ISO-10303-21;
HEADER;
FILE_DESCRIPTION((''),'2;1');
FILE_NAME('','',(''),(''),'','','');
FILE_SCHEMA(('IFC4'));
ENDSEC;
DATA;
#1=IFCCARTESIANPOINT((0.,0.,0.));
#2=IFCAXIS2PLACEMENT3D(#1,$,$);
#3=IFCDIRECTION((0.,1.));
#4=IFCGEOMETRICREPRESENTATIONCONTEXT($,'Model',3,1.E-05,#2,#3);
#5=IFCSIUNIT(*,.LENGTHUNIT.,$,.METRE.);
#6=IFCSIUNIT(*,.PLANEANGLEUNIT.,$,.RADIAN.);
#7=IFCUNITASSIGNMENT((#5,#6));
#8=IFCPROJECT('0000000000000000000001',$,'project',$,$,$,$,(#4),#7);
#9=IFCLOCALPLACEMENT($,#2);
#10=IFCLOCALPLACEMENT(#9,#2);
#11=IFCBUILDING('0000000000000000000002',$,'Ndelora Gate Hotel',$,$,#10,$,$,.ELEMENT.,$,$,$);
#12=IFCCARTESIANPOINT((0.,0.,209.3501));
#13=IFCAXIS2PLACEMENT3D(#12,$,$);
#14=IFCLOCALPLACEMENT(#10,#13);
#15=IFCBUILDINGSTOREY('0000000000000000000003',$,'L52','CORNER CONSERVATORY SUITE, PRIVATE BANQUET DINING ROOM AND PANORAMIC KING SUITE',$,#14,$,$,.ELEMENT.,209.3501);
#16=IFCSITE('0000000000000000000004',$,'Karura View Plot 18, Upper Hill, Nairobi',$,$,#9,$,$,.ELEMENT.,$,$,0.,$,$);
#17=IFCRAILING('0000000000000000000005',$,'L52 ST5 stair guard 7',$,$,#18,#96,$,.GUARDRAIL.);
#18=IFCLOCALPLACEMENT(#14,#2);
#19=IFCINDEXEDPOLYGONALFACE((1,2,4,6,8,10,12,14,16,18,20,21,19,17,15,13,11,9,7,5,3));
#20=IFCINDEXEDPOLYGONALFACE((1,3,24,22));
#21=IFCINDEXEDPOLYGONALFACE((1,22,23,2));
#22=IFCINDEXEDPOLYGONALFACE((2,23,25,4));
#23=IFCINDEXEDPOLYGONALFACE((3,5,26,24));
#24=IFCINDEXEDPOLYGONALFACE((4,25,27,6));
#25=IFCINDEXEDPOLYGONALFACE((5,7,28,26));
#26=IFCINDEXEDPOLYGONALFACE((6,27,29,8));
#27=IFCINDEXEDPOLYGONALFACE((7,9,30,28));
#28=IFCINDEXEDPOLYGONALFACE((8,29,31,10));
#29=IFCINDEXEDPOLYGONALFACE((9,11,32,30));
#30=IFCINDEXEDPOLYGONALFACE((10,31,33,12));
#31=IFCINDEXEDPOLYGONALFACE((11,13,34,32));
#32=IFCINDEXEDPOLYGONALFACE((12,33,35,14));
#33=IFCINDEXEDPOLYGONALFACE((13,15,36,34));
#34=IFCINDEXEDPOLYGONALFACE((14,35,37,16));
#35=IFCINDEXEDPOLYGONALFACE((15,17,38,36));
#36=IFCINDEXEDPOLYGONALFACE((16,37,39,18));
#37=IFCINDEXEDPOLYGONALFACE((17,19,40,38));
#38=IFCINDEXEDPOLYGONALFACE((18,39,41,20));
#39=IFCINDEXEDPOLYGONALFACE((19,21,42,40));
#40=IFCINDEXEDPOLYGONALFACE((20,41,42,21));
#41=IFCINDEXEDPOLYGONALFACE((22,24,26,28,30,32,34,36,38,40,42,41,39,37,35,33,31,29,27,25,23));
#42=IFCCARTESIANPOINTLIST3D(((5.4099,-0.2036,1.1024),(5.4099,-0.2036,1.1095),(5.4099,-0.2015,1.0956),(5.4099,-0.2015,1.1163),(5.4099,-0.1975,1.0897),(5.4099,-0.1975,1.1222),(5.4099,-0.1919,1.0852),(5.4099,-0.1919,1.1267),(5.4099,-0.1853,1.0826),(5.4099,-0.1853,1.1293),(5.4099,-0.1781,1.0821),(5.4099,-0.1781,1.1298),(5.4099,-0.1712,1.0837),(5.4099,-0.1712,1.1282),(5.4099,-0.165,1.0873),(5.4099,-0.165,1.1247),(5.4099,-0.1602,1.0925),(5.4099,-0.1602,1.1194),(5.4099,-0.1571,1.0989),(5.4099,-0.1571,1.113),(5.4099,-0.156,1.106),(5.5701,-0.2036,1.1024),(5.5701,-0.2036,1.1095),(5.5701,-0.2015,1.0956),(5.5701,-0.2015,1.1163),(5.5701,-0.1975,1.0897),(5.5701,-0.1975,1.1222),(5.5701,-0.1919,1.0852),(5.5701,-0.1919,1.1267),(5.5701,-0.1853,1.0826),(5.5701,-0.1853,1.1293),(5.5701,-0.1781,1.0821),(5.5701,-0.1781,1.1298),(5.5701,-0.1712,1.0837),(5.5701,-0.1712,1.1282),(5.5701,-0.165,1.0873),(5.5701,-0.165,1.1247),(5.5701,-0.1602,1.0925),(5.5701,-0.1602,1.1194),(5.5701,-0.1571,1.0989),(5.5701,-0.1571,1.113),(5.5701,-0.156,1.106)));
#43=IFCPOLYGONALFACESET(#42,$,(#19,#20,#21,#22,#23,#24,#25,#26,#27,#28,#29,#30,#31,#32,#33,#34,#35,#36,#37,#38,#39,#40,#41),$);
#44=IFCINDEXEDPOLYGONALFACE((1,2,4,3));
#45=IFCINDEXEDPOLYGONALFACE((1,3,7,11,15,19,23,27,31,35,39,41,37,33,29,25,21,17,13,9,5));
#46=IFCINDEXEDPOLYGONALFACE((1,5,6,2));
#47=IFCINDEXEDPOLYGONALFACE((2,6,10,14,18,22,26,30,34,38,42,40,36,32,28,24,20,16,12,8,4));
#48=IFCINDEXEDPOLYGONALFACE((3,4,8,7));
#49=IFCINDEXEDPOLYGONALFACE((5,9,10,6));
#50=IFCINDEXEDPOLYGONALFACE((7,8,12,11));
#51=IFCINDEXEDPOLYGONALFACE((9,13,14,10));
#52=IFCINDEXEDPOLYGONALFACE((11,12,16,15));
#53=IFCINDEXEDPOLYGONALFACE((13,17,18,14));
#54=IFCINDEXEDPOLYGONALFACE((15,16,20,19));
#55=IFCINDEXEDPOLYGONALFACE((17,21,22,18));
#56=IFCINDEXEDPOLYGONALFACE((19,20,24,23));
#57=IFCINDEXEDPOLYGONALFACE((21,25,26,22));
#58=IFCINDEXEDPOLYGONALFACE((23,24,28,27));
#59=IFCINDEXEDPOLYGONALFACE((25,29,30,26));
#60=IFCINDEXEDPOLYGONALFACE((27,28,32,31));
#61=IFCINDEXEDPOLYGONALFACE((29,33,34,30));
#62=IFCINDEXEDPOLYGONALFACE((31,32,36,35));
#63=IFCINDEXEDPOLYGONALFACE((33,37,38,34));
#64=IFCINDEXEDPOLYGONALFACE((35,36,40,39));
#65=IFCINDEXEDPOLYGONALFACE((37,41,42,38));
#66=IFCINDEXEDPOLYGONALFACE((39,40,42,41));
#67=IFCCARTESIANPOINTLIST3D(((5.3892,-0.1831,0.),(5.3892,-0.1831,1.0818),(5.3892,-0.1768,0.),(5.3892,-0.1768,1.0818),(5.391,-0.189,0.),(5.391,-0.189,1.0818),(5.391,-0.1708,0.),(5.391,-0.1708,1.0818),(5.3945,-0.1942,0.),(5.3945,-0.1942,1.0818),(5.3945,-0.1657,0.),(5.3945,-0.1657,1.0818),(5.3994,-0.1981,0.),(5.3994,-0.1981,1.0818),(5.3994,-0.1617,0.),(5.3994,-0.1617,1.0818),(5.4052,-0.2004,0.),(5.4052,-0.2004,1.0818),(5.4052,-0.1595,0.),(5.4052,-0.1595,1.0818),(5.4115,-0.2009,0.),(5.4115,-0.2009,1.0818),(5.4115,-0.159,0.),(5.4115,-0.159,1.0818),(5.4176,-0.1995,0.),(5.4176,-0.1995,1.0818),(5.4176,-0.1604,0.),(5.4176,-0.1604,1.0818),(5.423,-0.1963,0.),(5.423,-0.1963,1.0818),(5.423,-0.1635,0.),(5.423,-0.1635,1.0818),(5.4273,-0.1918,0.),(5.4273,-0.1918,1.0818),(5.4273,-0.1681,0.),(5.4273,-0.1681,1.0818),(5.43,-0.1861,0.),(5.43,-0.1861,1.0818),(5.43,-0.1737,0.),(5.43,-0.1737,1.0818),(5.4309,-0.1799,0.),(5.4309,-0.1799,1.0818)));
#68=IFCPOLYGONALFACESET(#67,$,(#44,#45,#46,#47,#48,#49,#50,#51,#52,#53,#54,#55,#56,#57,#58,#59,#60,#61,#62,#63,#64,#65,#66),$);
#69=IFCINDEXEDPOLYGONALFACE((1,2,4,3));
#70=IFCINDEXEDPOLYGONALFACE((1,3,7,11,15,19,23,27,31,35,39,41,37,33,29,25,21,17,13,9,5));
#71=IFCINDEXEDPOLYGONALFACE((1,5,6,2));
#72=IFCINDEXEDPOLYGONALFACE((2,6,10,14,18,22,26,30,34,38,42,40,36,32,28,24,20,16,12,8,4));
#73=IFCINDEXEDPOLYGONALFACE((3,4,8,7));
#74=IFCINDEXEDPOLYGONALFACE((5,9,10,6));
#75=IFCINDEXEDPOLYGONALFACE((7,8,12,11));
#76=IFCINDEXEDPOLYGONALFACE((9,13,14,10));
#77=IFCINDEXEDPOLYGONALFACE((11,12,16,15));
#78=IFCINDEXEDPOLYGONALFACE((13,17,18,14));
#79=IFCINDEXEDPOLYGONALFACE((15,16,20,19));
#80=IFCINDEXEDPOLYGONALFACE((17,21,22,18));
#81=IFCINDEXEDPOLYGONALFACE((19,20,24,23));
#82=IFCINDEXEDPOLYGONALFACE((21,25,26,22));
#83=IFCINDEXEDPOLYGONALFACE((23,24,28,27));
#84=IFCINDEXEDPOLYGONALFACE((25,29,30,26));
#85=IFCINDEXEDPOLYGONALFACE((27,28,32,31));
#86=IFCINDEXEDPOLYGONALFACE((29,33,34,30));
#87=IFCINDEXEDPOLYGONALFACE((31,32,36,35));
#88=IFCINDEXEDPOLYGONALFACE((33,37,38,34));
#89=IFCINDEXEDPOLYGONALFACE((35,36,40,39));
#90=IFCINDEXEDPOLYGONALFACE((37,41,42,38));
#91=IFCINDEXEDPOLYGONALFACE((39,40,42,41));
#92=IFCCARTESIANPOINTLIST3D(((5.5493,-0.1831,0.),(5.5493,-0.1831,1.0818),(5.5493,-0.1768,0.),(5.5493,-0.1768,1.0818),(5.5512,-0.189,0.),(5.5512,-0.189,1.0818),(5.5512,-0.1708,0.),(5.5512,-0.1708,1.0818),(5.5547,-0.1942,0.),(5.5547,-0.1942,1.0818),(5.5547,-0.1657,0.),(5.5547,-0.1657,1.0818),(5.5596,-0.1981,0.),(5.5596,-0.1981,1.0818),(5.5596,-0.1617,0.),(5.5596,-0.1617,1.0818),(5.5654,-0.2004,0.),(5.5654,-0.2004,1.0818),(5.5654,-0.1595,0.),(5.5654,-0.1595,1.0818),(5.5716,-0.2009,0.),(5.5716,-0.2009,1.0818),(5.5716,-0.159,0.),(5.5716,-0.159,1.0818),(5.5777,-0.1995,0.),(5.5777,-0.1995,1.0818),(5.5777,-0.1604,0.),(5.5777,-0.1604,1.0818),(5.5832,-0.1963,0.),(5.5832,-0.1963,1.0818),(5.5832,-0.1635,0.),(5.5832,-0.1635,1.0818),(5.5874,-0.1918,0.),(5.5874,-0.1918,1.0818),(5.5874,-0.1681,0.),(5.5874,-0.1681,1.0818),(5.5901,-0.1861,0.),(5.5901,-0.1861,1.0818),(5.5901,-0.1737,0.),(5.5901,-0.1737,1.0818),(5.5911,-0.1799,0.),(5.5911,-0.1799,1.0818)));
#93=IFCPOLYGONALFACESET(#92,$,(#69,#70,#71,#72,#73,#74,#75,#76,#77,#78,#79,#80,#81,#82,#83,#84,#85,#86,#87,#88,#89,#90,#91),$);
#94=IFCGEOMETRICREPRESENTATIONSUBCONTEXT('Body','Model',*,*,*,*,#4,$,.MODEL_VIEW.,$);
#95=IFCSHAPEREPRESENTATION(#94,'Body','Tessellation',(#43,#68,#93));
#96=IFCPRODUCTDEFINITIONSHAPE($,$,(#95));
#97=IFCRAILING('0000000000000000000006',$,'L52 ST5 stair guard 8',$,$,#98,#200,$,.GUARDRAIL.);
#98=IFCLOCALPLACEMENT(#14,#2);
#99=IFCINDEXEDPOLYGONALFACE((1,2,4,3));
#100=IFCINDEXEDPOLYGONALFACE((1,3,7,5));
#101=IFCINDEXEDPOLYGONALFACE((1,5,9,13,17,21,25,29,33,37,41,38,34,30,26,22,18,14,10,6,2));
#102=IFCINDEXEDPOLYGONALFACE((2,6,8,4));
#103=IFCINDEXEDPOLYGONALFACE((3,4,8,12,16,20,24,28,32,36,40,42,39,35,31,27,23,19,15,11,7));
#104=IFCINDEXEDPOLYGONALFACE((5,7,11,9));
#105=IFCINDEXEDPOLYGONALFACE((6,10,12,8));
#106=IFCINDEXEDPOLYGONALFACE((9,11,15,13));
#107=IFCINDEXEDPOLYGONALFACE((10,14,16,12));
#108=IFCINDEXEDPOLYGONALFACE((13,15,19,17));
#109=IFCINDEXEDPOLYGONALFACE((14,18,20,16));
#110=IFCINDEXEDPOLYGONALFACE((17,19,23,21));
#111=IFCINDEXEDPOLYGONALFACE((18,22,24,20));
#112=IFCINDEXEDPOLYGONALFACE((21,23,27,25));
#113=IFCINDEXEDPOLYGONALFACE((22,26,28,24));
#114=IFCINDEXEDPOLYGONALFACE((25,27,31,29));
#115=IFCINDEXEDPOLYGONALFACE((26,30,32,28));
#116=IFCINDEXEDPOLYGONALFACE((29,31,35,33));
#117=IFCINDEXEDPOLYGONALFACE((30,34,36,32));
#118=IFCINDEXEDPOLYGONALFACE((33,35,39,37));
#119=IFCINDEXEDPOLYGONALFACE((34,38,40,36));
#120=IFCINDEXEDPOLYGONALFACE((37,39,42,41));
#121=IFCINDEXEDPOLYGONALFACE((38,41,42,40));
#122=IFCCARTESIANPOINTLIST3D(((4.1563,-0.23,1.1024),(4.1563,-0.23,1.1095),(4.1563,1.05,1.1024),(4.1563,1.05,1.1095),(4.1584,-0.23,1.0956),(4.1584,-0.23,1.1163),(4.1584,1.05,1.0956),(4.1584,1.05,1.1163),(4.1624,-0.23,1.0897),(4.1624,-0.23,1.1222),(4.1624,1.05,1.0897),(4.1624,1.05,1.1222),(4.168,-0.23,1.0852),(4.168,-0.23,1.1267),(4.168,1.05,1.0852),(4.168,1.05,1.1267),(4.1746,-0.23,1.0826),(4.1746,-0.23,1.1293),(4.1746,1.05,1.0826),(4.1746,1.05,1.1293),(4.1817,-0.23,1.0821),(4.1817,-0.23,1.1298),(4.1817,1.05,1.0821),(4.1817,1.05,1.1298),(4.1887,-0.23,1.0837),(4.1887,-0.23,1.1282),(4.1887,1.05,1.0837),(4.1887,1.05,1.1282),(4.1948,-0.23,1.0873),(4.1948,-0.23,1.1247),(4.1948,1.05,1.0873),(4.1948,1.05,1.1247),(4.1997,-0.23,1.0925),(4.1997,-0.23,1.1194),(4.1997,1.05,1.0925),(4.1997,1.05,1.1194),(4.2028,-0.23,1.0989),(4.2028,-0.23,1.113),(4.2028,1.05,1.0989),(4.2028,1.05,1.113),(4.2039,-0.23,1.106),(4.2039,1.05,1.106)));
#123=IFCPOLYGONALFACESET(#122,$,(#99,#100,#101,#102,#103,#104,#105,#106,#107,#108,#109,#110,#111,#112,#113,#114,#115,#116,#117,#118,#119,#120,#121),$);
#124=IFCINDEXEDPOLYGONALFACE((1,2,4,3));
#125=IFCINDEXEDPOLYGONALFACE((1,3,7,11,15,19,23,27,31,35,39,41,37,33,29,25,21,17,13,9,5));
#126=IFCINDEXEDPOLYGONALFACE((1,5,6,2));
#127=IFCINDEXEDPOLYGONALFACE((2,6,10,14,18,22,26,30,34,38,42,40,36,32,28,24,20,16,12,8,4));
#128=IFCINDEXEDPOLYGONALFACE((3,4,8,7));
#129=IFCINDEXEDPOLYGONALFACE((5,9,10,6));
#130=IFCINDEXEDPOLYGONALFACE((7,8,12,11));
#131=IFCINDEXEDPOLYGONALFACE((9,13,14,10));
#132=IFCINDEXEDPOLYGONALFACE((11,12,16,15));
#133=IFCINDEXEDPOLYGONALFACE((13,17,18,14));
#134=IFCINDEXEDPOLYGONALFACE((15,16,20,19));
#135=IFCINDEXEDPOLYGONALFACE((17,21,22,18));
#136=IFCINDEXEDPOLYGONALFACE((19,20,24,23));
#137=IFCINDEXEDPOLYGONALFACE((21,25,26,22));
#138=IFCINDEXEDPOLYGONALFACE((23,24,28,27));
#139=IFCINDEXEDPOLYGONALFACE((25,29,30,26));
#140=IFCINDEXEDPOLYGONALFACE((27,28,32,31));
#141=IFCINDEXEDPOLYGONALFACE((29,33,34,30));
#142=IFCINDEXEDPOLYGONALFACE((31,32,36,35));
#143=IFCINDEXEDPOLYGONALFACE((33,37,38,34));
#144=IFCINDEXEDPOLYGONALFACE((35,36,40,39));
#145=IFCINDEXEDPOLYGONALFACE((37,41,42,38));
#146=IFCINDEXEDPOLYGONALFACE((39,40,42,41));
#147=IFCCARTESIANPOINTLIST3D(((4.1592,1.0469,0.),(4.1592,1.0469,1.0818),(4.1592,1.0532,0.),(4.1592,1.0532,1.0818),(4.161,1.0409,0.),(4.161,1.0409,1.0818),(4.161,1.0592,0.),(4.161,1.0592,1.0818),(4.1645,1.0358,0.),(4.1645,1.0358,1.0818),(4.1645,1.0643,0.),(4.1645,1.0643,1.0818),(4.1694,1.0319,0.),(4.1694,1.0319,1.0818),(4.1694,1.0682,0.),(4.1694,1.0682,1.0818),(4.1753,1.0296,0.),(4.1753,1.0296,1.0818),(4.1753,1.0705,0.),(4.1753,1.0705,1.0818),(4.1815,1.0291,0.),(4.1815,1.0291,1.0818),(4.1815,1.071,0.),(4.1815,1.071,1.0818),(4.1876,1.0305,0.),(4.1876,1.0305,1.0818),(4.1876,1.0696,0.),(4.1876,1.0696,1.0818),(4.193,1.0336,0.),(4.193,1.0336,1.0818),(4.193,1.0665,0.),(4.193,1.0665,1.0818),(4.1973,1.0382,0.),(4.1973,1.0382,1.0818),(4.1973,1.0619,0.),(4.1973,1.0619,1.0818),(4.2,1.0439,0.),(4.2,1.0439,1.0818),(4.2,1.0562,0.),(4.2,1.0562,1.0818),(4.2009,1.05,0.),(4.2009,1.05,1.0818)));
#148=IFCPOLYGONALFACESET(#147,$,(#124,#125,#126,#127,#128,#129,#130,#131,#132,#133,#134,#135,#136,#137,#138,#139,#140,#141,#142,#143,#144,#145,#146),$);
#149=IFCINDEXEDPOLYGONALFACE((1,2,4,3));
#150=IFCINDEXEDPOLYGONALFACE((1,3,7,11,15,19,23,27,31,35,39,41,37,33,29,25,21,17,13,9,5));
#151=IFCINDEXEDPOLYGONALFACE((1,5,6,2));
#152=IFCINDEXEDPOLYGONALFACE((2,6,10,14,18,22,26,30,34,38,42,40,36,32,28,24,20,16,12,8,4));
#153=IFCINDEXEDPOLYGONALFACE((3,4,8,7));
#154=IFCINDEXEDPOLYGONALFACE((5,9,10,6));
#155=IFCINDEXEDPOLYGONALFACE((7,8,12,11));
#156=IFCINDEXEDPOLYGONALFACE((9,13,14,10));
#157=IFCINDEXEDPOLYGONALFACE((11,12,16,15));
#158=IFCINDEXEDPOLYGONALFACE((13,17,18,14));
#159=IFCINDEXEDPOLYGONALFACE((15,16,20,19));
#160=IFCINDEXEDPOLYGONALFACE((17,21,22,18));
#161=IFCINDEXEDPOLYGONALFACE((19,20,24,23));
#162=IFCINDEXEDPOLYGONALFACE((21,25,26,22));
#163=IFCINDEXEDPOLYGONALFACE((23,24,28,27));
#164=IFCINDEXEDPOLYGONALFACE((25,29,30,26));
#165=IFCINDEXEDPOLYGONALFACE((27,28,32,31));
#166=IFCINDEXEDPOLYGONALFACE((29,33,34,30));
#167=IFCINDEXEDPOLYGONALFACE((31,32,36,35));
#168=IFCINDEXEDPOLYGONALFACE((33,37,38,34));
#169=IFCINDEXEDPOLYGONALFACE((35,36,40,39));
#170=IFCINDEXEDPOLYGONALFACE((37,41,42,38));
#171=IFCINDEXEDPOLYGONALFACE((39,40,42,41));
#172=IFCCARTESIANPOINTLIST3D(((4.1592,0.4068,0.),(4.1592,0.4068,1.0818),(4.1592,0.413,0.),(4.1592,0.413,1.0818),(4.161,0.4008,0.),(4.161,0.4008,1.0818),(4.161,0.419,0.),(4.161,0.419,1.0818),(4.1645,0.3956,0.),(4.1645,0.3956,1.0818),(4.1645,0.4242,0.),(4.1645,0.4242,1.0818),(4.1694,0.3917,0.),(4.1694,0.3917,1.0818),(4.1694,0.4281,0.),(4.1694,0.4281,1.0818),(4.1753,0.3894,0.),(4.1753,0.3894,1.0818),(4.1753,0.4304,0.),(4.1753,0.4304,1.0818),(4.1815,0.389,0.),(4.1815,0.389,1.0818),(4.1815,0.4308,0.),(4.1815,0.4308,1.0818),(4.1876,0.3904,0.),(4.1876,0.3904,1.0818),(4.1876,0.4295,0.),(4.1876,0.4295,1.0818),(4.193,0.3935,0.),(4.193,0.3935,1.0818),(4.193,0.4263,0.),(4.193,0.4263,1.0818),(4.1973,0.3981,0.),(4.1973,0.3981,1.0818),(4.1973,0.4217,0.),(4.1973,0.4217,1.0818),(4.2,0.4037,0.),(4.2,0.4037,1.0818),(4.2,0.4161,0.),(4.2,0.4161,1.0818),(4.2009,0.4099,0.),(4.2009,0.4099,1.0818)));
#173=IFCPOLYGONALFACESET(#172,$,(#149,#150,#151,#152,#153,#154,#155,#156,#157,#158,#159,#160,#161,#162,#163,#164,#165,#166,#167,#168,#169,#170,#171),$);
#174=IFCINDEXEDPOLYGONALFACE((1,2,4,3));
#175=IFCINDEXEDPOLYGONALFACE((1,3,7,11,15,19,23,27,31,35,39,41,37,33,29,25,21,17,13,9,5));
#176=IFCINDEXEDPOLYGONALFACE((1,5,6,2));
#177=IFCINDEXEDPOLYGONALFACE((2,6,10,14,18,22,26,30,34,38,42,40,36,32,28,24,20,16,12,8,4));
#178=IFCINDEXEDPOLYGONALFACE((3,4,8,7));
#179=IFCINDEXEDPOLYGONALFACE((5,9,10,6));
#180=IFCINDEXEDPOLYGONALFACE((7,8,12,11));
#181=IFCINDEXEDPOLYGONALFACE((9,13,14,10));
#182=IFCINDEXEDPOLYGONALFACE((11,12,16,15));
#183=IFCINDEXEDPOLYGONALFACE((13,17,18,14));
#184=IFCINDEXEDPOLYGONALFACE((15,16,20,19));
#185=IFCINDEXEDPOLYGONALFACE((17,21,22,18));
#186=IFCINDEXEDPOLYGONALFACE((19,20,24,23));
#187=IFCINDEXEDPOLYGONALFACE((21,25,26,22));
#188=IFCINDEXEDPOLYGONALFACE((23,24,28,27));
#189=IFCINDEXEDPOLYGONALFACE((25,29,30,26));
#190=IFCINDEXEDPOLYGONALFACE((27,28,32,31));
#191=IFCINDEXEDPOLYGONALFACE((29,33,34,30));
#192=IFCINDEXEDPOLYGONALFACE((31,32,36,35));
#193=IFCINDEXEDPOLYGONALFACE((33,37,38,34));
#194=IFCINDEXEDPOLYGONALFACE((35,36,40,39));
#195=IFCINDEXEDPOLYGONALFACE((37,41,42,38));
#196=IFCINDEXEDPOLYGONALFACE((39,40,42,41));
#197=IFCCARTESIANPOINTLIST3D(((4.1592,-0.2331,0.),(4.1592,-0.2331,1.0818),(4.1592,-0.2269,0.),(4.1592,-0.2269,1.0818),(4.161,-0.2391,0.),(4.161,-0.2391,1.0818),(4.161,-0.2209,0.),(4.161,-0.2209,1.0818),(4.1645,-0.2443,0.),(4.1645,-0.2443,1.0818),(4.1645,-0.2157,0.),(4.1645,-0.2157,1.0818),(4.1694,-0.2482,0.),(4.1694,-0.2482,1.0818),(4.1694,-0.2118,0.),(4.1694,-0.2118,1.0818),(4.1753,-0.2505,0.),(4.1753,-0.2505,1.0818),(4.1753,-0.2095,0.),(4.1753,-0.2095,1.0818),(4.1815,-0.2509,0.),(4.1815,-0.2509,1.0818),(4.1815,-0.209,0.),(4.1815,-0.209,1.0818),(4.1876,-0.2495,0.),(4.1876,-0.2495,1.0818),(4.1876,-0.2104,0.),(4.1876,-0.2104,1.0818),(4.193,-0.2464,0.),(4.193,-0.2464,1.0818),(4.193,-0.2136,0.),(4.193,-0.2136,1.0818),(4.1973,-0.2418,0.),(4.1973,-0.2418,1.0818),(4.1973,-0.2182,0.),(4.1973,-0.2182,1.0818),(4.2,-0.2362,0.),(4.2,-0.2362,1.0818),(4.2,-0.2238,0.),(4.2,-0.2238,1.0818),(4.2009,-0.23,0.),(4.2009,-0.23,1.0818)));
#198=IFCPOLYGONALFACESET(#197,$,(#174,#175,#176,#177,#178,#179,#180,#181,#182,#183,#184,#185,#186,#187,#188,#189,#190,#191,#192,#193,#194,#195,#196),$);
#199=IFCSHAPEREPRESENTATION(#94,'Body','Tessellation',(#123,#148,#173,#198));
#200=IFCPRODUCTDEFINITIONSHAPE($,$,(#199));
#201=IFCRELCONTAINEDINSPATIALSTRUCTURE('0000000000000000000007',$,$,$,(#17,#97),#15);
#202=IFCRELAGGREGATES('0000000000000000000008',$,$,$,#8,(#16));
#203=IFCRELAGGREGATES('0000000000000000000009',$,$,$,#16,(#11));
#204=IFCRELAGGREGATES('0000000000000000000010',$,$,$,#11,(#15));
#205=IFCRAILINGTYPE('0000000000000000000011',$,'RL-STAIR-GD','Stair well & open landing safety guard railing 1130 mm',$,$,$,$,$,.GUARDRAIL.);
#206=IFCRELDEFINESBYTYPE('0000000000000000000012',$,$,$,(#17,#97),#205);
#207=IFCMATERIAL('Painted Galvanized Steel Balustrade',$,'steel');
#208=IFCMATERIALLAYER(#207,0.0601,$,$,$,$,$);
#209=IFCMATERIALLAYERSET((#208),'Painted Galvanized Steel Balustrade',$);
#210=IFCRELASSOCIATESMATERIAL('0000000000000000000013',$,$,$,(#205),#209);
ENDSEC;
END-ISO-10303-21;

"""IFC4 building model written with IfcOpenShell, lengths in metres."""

from ifc_helpers import new_model, si_unit, direction, frame, origin, origin_2d, place, context, subcontext, project, spatial, circle, extrude, material, layer, layer_set, type_object, element, save


model = new_model("IFC4")

# Units and contexts
model_context = context("Model", 3, precision=1e-05, world=origin(), true_north=direction((0.0, 1.0)))
body_context = subcontext(model_context, "Body", "Model", "MODEL_VIEW")
ifc_project = project(units=[si_unit("LENGTHUNIT", "METRE"), si_unit("PLANEANGLEUNIT", "RADIAN")], contexts=[model_context])

# Site, building, storey
site_placement = place(None, origin())
site = spatial("IfcSite", under=ifc_project, at=site_placement, Name="Karura View Plot 18, Upper Hill, Nairobi", CompositionType="ELEMENT", RefElevation=0.0)
building_placement = place(site_placement, origin())
building = spatial("IfcBuilding", under=site, at=building_placement, Name="Ndelora Gate Hotel", CompositionType="ELEMENT")
storey_placement = place(building_placement, frame((0.0, 0.0, 209.3501)))
storey = spatial("IfcBuildingStorey", under=building, at=storey_placement, Name="L52", Description="CORNER CONSERVATORY SUITE, PRIVATE BANQUET DINING ROOM AND PANORAMIC KING SUITE", CompositionType="ELEMENT", Elevation=209.3501)

# Railings
ifc_material_1 = material(Name="Painted Galvanized Steel Balustrade", Category="steel")
ifc_layer_1 = layer(ifc_material_1, 0.0601)
ifc_layer_set_1 = layer_set([ifc_layer_1], Name="Painted Galvanized Steel Balustrade")
railing_type_1 = type_object("IfcRailingType", Name="RL-STAIR-GD", Description="Stair well & open landing safety guard railing 1130 mm", PredefinedType="GUARDRAIL", material=ifc_layer_set_1)
railing_1_placement = place(storey_placement, frame((5.4099, -0.1799, 0.0)))
element("IfcRailing", 1, at=railing_1_placement, inside=storey, type_object=railing_type_1, Name="L52 ST5 stair guard 7", PredefinedType="GUARDRAIL", context=body_context, shape_type="SweptSolid", body=[
    extrude(circle(Radius=0.0239, at=origin_2d()), frame((0.0, 0.0, 1.106), z_axis=(1.0, 0.0, 0.0), x_axis=(0.0, 1.0, 0.0)), (0.0, 0.0, 1.0), 0.1602),
    extrude(circle(Radius=0.021, at=origin_2d()), origin(), (0.0, 0.0, 1.0), 1.0818),
    extrude(circle(Radius=0.021, at=origin_2d()), frame((0.1602, 0.0, 0.0)), (0.0, 0.0, 1.0), 1.0818),
])
for number, where, name in (
    (2, (4.1799, 1.05, 0.0), "L52 ST5 stair guard 8"),
):
    element("IfcRailing", number, at=place(storey_placement, frame(where)), inside=storey, type_object=railing_type_1, Name=name, PredefinedType="GUARDRAIL", context=body_context, shape_type="SweptSolid", body=[
        extrude(circle(Radius=0.0239, at=origin_2d()), frame((0.0, 0.0, 1.106), z_axis=(0.0, -1.0, 0.0), x_axis=(1.0, 0.0, 0.0)), (0.0, 0.0, 1.0), 1.28),
        extrude(circle(Radius=0.021, at=origin_2d()), origin(), (0.0, 0.0, 1.0), 1.0818),
        extrude(circle(Radius=0.021, at=origin_2d()), frame((0.0, -0.6401, 0.0)), (0.0, 0.0, 1.0), 1.0818),
        extrude(circle(Radius=0.021, at=origin_2d()), frame((0.0, -1.28, 0.0)), (0.0, 0.0, 1.0), 1.0818),
    ])

save(model, "model.ifc")
